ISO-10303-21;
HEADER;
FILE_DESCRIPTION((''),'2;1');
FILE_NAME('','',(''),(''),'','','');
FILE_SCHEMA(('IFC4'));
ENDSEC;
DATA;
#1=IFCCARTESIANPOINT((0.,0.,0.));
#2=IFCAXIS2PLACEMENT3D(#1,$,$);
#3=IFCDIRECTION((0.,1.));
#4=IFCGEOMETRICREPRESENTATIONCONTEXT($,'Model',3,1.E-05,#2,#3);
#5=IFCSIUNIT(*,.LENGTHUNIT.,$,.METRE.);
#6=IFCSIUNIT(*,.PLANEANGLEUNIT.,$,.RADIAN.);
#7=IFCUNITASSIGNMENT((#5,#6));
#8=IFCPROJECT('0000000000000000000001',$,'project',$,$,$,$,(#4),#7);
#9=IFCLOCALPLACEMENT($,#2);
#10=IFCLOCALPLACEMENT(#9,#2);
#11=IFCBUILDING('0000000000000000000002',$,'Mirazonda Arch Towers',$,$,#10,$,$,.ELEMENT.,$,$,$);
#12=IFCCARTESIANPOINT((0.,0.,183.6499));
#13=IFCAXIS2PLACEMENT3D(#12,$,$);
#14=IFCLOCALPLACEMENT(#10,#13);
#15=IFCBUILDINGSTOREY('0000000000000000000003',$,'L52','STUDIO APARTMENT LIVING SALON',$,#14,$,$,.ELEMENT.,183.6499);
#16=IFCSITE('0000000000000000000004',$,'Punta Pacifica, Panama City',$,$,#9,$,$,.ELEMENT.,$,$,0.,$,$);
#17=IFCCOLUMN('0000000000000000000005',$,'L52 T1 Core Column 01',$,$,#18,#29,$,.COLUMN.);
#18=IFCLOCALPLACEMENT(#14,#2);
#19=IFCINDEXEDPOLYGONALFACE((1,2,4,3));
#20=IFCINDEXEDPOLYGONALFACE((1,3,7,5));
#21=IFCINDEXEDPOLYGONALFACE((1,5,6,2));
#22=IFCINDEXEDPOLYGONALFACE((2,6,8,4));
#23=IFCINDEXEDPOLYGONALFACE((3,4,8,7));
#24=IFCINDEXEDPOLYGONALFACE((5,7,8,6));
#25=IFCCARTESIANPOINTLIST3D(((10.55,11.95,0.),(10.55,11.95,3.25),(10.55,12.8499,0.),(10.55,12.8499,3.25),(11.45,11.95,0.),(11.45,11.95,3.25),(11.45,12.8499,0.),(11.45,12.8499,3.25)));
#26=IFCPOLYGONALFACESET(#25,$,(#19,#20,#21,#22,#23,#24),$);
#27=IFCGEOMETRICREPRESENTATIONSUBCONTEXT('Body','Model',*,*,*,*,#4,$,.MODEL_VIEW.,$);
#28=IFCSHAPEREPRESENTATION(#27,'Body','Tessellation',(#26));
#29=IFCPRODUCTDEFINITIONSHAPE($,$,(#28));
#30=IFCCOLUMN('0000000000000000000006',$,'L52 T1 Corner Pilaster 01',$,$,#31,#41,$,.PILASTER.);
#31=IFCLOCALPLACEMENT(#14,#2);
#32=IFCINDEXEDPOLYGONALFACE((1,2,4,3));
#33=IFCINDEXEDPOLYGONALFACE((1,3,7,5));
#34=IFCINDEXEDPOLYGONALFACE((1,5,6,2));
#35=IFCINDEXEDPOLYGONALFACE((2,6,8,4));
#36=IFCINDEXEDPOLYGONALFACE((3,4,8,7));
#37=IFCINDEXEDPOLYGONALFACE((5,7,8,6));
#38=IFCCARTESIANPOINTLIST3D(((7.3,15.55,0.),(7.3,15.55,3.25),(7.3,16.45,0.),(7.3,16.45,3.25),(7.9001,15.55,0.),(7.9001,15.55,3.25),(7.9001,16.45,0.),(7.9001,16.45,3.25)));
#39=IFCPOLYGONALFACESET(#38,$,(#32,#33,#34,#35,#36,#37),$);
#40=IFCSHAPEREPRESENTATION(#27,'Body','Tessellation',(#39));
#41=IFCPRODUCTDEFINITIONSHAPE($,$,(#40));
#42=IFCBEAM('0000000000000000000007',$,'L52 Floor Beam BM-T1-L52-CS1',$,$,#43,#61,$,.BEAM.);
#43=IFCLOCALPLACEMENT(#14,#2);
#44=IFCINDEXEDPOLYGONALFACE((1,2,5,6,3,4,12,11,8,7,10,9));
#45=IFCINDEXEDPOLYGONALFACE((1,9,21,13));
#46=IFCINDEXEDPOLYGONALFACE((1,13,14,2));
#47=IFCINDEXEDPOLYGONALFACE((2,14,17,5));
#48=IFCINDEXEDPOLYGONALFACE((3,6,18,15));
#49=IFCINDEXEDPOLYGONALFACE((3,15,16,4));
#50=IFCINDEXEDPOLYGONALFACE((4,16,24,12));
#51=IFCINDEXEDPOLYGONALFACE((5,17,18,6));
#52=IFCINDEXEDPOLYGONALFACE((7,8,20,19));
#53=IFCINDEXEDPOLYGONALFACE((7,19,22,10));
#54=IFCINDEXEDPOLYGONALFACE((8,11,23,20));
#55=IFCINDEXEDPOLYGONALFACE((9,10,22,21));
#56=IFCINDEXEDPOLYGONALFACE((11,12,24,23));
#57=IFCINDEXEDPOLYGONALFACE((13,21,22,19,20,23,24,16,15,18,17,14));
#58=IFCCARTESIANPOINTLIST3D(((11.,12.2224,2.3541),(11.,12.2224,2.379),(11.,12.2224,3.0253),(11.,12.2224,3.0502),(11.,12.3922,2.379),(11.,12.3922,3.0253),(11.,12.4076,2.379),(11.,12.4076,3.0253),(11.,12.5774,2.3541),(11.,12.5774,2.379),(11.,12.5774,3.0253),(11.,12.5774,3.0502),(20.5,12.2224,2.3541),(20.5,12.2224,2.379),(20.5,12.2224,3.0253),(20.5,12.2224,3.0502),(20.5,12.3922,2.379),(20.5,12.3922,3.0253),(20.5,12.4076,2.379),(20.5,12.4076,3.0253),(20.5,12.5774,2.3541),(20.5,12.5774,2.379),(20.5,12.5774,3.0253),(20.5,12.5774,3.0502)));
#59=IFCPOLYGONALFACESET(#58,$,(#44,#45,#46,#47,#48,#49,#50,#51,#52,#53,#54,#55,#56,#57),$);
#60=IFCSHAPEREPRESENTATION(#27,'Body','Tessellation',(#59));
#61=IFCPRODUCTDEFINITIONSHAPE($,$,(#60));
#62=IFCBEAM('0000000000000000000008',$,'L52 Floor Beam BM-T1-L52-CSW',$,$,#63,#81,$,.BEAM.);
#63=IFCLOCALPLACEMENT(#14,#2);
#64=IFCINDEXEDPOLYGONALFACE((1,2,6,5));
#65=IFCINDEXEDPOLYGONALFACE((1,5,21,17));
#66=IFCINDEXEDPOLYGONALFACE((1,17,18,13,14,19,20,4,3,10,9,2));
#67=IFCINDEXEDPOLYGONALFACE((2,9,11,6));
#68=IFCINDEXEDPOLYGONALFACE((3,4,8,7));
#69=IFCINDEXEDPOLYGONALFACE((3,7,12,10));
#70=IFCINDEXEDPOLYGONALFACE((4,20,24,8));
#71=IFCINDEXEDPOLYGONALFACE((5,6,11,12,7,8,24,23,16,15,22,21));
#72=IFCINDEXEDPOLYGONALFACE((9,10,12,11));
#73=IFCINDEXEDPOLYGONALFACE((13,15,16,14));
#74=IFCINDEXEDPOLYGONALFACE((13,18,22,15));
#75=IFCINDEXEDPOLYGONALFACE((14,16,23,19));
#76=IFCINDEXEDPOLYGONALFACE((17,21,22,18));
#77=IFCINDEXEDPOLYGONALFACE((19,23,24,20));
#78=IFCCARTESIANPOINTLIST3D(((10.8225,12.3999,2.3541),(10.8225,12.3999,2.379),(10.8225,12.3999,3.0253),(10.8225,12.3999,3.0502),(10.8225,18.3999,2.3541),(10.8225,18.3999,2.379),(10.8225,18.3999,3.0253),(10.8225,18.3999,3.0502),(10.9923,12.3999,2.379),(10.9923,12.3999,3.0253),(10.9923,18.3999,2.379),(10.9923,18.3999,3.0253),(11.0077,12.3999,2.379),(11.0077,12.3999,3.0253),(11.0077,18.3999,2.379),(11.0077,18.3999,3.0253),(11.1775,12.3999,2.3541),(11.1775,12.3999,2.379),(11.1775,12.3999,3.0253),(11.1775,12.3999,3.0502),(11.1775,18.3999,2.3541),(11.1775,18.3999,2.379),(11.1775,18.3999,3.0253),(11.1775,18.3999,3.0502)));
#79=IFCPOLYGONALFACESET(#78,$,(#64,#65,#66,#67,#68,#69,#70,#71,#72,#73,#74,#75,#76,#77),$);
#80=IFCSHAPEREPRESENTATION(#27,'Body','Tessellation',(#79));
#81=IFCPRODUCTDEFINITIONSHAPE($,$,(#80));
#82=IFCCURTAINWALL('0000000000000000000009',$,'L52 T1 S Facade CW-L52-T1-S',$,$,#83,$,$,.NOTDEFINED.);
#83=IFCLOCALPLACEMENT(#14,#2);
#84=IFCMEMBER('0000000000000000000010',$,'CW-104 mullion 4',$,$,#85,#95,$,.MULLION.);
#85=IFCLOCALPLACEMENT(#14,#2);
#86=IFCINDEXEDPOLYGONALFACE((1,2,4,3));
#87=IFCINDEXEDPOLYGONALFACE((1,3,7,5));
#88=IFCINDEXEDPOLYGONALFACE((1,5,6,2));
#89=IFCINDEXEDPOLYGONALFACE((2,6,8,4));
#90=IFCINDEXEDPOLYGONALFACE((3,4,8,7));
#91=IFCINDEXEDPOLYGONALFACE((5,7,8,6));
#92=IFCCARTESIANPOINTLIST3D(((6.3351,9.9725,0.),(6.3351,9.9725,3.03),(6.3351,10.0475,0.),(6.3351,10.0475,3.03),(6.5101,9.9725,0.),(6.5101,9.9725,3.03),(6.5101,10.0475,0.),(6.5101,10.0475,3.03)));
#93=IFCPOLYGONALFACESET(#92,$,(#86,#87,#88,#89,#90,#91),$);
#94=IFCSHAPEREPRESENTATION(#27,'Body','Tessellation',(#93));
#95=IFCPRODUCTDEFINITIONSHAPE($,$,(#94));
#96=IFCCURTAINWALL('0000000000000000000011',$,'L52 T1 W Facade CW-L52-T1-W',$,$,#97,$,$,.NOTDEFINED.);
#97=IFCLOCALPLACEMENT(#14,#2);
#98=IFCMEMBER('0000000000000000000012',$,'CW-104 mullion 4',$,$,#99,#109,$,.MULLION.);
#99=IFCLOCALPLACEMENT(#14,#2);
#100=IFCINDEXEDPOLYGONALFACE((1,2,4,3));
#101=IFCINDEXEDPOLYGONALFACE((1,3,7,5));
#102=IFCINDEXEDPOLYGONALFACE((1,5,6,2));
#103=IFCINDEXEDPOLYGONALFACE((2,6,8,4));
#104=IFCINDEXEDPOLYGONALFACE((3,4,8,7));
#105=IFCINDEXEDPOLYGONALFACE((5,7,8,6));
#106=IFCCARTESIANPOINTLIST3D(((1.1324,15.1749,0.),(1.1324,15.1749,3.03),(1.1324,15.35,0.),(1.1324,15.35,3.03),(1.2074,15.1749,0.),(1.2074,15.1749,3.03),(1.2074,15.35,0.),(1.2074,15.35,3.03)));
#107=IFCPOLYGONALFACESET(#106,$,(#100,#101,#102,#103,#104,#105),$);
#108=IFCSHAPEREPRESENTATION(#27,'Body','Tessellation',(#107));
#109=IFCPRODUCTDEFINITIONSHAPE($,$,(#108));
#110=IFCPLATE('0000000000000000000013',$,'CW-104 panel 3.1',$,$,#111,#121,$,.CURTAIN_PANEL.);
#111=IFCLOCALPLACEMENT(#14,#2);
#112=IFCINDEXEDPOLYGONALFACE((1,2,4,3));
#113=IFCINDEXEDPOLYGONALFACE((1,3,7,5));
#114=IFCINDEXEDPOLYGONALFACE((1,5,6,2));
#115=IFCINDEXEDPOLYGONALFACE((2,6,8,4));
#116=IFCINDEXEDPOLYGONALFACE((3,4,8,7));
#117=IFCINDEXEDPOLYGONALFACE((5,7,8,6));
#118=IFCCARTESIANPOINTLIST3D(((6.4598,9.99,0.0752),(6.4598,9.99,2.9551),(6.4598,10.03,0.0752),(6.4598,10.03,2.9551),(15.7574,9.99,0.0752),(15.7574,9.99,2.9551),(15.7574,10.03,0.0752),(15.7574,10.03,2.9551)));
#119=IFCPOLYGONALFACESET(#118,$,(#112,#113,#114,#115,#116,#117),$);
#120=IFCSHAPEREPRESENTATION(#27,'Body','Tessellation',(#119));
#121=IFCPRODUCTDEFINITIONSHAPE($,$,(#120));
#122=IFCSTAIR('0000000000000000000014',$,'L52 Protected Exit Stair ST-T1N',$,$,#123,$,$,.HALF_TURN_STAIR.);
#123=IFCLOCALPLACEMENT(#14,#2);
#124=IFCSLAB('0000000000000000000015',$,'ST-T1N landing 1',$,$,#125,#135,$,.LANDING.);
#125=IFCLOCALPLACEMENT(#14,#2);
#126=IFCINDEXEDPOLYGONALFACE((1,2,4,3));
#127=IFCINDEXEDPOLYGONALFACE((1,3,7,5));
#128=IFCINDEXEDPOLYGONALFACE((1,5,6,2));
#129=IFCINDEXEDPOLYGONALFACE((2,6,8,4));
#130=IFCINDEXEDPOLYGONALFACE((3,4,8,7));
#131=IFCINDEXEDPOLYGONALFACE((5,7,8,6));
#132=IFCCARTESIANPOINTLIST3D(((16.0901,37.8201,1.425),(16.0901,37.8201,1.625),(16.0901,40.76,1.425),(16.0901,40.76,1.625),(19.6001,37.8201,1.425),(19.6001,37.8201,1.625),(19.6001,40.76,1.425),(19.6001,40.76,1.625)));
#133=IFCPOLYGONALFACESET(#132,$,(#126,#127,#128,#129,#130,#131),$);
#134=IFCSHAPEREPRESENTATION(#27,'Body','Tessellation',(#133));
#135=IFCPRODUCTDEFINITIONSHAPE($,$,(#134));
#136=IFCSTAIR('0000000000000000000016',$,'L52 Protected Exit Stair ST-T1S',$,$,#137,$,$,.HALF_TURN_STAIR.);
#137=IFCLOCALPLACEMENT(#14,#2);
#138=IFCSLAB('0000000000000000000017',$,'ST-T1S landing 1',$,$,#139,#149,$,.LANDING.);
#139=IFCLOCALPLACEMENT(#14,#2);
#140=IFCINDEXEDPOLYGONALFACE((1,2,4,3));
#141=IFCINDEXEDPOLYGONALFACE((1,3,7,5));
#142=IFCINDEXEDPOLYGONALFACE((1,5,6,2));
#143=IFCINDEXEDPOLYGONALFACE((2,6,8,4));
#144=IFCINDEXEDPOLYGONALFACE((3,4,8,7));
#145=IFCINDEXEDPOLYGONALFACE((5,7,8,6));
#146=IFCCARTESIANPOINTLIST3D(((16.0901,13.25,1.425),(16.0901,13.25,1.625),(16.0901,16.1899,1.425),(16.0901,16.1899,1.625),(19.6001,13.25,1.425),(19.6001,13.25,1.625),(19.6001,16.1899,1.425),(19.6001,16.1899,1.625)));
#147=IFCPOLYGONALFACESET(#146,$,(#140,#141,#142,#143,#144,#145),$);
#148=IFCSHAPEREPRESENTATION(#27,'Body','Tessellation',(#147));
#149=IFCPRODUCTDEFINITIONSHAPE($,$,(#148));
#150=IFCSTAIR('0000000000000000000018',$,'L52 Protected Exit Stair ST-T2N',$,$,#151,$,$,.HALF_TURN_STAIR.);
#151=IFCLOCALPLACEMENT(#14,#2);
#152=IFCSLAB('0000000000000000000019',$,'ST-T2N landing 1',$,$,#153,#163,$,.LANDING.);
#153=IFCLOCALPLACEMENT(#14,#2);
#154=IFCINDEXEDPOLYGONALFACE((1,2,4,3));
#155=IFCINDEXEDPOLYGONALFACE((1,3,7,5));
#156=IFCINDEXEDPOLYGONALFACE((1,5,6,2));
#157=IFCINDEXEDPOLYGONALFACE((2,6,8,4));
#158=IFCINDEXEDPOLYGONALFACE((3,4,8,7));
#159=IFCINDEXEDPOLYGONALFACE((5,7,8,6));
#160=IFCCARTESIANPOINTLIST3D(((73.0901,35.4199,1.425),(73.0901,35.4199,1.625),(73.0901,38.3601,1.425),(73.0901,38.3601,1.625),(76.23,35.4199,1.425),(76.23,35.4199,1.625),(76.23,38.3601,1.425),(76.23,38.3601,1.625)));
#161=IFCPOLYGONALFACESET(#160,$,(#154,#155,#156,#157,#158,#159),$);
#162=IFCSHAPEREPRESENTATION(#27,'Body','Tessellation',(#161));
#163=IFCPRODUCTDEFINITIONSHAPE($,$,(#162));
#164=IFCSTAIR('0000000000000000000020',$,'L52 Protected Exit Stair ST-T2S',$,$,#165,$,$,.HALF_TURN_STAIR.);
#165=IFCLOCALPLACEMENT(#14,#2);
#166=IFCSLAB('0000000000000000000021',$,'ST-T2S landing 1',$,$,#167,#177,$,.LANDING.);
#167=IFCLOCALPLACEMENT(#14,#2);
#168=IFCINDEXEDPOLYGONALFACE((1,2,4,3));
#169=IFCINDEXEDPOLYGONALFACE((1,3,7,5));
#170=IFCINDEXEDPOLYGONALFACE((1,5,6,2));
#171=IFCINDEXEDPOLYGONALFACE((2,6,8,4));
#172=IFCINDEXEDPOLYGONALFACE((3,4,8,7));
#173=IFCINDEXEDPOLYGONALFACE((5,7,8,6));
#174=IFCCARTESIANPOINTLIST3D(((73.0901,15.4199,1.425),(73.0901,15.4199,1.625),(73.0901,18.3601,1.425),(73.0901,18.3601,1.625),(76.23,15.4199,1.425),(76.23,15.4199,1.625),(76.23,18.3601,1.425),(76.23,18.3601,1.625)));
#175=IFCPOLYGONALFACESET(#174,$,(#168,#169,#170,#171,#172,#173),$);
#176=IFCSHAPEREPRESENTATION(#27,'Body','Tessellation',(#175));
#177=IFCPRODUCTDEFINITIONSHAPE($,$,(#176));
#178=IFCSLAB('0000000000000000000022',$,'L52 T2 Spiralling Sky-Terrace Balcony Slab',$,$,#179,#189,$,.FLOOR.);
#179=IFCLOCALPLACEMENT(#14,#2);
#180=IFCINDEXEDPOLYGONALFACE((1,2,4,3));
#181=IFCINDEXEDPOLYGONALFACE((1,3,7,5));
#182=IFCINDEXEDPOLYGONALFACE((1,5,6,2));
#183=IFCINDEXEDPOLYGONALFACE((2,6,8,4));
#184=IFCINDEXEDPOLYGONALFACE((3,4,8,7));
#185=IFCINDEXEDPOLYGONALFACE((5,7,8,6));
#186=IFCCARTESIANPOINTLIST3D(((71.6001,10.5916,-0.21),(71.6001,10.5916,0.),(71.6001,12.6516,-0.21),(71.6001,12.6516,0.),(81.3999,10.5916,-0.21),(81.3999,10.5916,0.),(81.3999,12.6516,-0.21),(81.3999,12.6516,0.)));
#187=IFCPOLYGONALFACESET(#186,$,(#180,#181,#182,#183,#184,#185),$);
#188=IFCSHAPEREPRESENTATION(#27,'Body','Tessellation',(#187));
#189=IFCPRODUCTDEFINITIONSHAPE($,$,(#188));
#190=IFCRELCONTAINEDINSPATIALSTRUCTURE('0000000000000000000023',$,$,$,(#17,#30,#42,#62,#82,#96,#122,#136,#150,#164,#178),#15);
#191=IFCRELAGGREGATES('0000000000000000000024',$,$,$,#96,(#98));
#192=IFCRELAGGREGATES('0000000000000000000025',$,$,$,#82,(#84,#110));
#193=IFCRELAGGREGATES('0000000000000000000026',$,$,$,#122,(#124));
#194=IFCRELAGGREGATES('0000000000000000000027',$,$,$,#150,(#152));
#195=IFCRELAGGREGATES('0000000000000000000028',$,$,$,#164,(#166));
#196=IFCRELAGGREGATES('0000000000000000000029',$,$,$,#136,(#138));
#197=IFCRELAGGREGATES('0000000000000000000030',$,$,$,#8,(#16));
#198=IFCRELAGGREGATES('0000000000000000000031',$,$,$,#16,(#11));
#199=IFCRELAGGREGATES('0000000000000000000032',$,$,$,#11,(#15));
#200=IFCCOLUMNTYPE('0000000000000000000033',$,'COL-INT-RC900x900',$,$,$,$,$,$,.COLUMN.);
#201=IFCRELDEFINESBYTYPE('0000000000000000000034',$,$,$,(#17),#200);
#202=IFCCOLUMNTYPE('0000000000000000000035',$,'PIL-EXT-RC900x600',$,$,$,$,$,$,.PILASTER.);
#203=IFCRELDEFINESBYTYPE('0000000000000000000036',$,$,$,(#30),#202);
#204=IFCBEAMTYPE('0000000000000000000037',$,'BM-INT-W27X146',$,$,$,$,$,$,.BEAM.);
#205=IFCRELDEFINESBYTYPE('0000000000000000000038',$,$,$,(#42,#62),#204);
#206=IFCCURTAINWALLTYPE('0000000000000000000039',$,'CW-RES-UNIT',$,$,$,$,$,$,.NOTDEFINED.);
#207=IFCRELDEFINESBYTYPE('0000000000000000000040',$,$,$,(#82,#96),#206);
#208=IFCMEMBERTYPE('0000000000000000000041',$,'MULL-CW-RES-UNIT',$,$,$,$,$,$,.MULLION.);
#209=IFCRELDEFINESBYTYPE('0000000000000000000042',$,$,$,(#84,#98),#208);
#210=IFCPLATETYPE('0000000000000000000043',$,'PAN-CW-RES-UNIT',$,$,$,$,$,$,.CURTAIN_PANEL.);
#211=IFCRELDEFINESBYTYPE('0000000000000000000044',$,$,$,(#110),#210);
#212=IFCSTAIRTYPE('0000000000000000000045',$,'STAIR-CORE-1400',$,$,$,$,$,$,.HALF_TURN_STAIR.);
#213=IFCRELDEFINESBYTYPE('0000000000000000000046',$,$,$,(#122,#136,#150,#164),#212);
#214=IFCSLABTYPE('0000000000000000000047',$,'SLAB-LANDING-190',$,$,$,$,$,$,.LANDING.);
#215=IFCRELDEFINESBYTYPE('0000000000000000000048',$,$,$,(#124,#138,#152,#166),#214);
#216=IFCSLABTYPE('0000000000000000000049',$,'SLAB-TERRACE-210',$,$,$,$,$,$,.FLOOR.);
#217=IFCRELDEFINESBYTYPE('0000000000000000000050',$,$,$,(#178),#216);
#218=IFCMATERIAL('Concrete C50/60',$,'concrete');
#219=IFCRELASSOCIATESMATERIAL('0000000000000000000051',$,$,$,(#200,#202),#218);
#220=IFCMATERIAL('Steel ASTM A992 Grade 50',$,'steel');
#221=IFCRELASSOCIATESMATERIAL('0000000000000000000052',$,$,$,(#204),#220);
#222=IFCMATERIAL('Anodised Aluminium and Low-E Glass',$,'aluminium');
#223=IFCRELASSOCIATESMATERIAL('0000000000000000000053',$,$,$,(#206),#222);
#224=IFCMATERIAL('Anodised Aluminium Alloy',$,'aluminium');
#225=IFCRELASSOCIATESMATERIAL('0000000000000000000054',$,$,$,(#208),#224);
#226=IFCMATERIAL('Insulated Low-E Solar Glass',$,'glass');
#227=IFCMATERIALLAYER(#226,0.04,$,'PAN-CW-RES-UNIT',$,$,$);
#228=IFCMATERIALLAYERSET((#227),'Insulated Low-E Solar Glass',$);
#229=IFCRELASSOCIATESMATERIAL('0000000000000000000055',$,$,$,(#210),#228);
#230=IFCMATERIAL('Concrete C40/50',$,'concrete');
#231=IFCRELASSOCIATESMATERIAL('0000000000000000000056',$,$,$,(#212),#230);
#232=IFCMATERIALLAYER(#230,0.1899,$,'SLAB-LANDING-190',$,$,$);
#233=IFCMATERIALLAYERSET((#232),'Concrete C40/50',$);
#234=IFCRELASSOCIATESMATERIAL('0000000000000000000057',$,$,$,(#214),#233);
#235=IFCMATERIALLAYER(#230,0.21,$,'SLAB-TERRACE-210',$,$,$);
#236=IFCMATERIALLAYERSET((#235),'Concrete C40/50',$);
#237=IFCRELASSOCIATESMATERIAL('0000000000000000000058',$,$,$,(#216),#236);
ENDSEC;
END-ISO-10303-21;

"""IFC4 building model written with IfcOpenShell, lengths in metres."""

from ifc_helpers import new_model, si_unit, direction, frame, origin, origin_2d, place, context, subcontext, project, spatial, polyline, rectangle, i_section, outline, extrude, material, layer, layer_set, material_profile, profile_set, type_object, element, aggregate, save


model = new_model("IFC4")

# Units and contexts
model_context = context("Model", 3, precision=1e-05, world=origin(), true_north=direction((0.0, 1.0)))
body_context = subcontext(model_context, "Body", "Model", "MODEL_VIEW")
ifc_project = project(units=[si_unit("LENGTHUNIT", "METRE"), si_unit("PLANEANGLEUNIT", "RADIAN")], contexts=[model_context])

# Site, building, storey
site_placement = place(None, origin())
site = spatial("IfcSite", under=ifc_project, at=site_placement, Name="Punta Pacifica, Panama City", CompositionType="ELEMENT", RefElevation=0.0)
building_placement = place(site_placement, origin())
building = spatial("IfcBuilding", under=site, at=building_placement, Name="Mirazonda Arch Towers", CompositionType="ELEMENT")
storey_placement = place(building_placement, frame((0.0, 0.0, 183.6499)))
storey = spatial("IfcBuildingStorey", under=building, at=storey_placement, Name="L52", Description="STUDIO APARTMENT LIVING SALON", CompositionType="ELEMENT", Elevation=183.6499)

# Columns
ifc_material_1 = material(Name="Concrete C50/60", Category="concrete")
ifc_material_profile_1 = material_profile(ifc_material_1, rectangle(XDim=0.8999, YDim=0.8999, at=origin_2d()), Name="RC900x900")
ifc_profile_set_1 = profile_set([ifc_material_profile_1], Name="Concrete C50/60")
column_type_1 = type_object("IfcColumnType", Name="COL-INT-RC900x900", PredefinedType="COLUMN", material=ifc_profile_set_1)
column_1_placement = place(storey_placement, frame((11.0, 12.3999, 0.0), z_axis=(0.0, 0.0, 1.0), x_axis=(1.0, 0.0, 0.0)))
element("IfcColumn", 1, at=column_1_placement, inside=storey, type_object=column_type_1, Name="L52 T1 Core Column 01", PredefinedType="COLUMN", context=body_context, shape_type="SweptSolid", body=[
    extrude(rectangle(XDim=0.8999, YDim=0.8999, at=origin_2d()), origin(), (0.0, 0.0, 1.0), 3.25),
])
ifc_material_profile_2 = material_profile(ifc_material_1, rectangle(XDim=0.6001, YDim=0.8999, at=origin_2d()), Name="RC900x600")
ifc_profile_set_2 = profile_set([ifc_material_profile_2], Name="Concrete C50/60")
column_type_2 = type_object("IfcColumnType", Name="PIL-EXT-RC900x600", PredefinedType="PILASTER", material=ifc_profile_set_2)
column_2_placement = place(storey_placement, frame((7.6001, 16.0, 0.0), z_axis=(0.0, 0.0, 1.0), x_axis=(1.0, 0.0, 0.0)))
element("IfcColumn", 2, at=column_2_placement, inside=storey, type_object=column_type_2, Name="L52 T1 Corner Pilaster 01", PredefinedType="PILASTER", context=body_context, shape_type="SweptSolid", body=[
    extrude(rectangle(XDim=0.6001, YDim=0.8999, at=origin_2d()), origin(), (0.0, 0.0, 1.0), 3.25),
])

# Beams
ifc_material_2 = material(Name="Steel ASTM A992 Grade 50", Category="steel")
ifc_material_profile_3 = material_profile(ifc_material_2, i_section(OverallWidth=0.355, OverallDepth=0.696, WebThickness=0.0154, FlangeThickness=0.0249, at=origin_2d()), Name="W27X146")
ifc_profile_set_3 = profile_set([ifc_material_profile_3], Name="Steel ASTM A992 Grade 50")
beam_type = type_object("IfcBeamType", Name="BM-INT-W27X146", PredefinedType="BEAM", material=ifc_profile_set_3)
beam_1_placement = place(storey_placement, frame((11.0, 12.3999, 2.7021), z_axis=(1.0, 0.0, 0.0), x_axis=(0.0, 1.0, 0.0)))
element("IfcBeam", 3, at=beam_1_placement, inside=storey, type_object=beam_type, Name="L52 Floor Beam BM-T1-L52-CS1", PredefinedType="BEAM", context=body_context, shape_type="SweptSolid", body=[
    extrude(i_section(OverallWidth=0.355, OverallDepth=0.696, WebThickness=0.0154, FlangeThickness=0.0249, at=origin_2d()), origin(), (0.0, 0.0, 1.0), 9.5),
])
beam_2_placement = place(storey_placement, frame((11.0, 12.3999, 2.7021), z_axis=(0.0, 1.0, 0.0), x_axis=(-1.0, 0.0, 0.0)))
element("IfcBeam", 4, at=beam_2_placement, inside=storey, type_object=beam_type, Name="L52 Floor Beam BM-T1-L52-CSW", PredefinedType="BEAM", context=body_context, shape_type="SweptSolid", body=[
    extrude(i_section(OverallWidth=0.355, OverallDepth=0.696, WebThickness=0.0154, FlangeThickness=0.0249, at=origin_2d()), origin(), (0.0, 0.0, 1.0), 6.0),
])

# Curtain walls, members
ifc_material_3 = material(Name="Anodised Aluminium and Low-E Glass", Category="aluminium")
curtain_wall_type = type_object("IfcCurtainWallType", Name="CW-RES-UNIT", PredefinedType="NOTDEFINED", material=ifc_material_3)
curtain_wall_1_placement = place(storey_placement, origin())
curtain_wall_1 = element("IfcCurtainWall", 5, at=curtain_wall_1_placement, inside=storey, type_object=curtain_wall_type, Name="L52 T1 S Facade CW-L52-T1-S", PredefinedType="NOTDEFINED")
ifc_material_4 = material(Name="Anodised Aluminium Alloy", Category="aluminium")
ifc_material_profile_4 = material_profile(ifc_material_4, rectangle(XDim=0.075, YDim=0.175, at=origin_2d()), Name="ALU-MULL-75x175")
ifc_profile_set_4 = profile_set([ifc_material_profile_4], Name="Anodised Aluminium Alloy")
member_type = type_object("IfcMemberType", Name="MULL-CW-RES-UNIT", PredefinedType="MULLION", material=ifc_profile_set_4)
member_1_placement = place(storey_placement, frame((6.4226, 10.01, 0.0), z_axis=(0.0, 0.0, 1.0), x_axis=(0.0, -1.0, 0.0)))
member_1 = element("IfcMember", 6, at=member_1_placement, type_object=member_type, Name="CW-104 mullion 4", PredefinedType="MULLION", context=body_context, shape_type="SweptSolid", body=[
    extrude(rectangle(XDim=0.075, YDim=0.175, at=origin_2d()), origin(), (0.0, 0.0, 1.0), 3.03),
])
curtain_wall_2_placement = place(storey_placement, origin())
curtain_wall_2 = element("IfcCurtainWall", 7, at=curtain_wall_2_placement, inside=storey, type_object=curtain_wall_type, Name="L52 T1 W Facade CW-L52-T1-W", PredefinedType="NOTDEFINED")
member_2_placement = place(storey_placement, frame((1.1699, 15.2625, 0.0), z_axis=(0.0, 0.0, 1.0), x_axis=(1.0, 0.0, 0.0)))
member_2 = element("IfcMember", 8, at=member_2_placement, type_object=member_type, Name="CW-104 mullion 4", PredefinedType="MULLION", context=body_context, shape_type="SweptSolid", body=[
    extrude(rectangle(XDim=0.075, YDim=0.175, at=origin_2d()), origin(), (0.0, 0.0, 1.0), 3.03),
])
aggregate(curtain_wall_2, [member_2])

# Plate
ifc_material_5 = material(Name="Insulated Low-E Solar Glass", Category="glass")
ifc_layer_1 = layer(ifc_material_5, 0.04, Name="PAN-CW-RES-UNIT")
ifc_layer_set_1 = layer_set([ifc_layer_1], Name="Insulated Low-E Solar Glass")
plate_type = type_object("IfcPlateType", Name="PAN-CW-RES-UNIT", PredefinedType="CURTAIN_PANEL", material=ifc_layer_set_1)
plate_placement = place(storey_placement, frame((11.1086, 10.01, 0.0752), z_axis=(0.0, 0.0, 1.0), x_axis=(-1.0, 0.0, 0.0)))
plate = element("IfcPlate", 9, at=plate_placement, type_object=plate_type, Name="CW-104 panel 3.1", PredefinedType="CURTAIN_PANEL", context=body_context, shape_type="SweptSolid", body=[
    extrude(rectangle(XDim=9.2976, YDim=0.04, at=origin_2d()), origin(), (0.0, 0.0, 1.0), 2.8799),
])
aggregate(curtain_wall_1, [member_1, plate])

# Stairs, slabs
ifc_material_6 = material(Name="Concrete C40/50", Category="concrete")
stair_type = type_object("IfcStairType", Name="STAIR-CORE-1400", PredefinedType="HALF_TURN_STAIR", material=ifc_material_6)
stair_1_placement = place(storey_placement, origin())
stair_1 = element("IfcStair", 10, at=stair_1_placement, inside=storey, type_object=stair_type, Name="L52 Protected Exit Stair ST-T1N", PredefinedType="HALF_TURN_STAIR")
ifc_layer_2 = layer(ifc_material_6, 0.1899, Name="SLAB-LANDING-190")
ifc_layer_set_2 = layer_set([ifc_layer_2], Name="Concrete C40/50")
slab_type_1 = type_object("IfcSlabType", Name="SLAB-LANDING-190", PredefinedType="LANDING", material=ifc_layer_set_2)
slab_1_placement = place(storey_placement, frame((0.0, 0.0, 1.425)))
slab_1 = element("IfcSlab", 11, at=slab_1_placement, type_object=slab_type_1, Name="ST-T1N landing 1", PredefinedType="LANDING", context=body_context, shape_type="SweptSolid", body=[
    extrude(outline(polyline([(16.0901, 37.8201), (19.6001, 37.8201), (19.6001, 40.76), (16.0901, 40.76), (16.0901, 37.8201)])), origin(), (0.0, 0.0, 1.0), 0.2),
])
aggregate(stair_1, [slab_1])
stair_2_placement = place(storey_placement, origin())
stair_2 = element("IfcStair", 12, at=stair_2_placement, inside=storey, type_object=stair_type, Name="L52 Protected Exit Stair ST-T1S", PredefinedType="HALF_TURN_STAIR")
slab_2_placement = place(storey_placement, frame((0.0, 0.0, 1.425)))
slab_2 = element("IfcSlab", 13, at=slab_2_placement, type_object=slab_type_1, Name="ST-T1S landing 1", PredefinedType="LANDING", context=body_context, shape_type="SweptSolid", body=[
    extrude(outline(polyline([(16.0901, 13.25), (19.6001, 13.25), (19.6001, 16.1899), (16.0901, 16.1899), (16.0901, 13.25)])), origin(), (0.0, 0.0, 1.0), 0.2),
])
stair_3_placement = place(storey_placement, origin())
stair_3 = element("IfcStair", 14, at=stair_3_placement, inside=storey, type_object=stair_type, Name="L52 Protected Exit Stair ST-T2N", PredefinedType="HALF_TURN_STAIR")
slab_3_placement = place(storey_placement, frame((0.0, 0.0, 1.425)))
slab_3 = element("IfcSlab", 15, at=slab_3_placement, type_object=slab_type_1, Name="ST-T2N landing 1", PredefinedType="LANDING", context=body_context, shape_type="SweptSolid", body=[
    extrude(outline(polyline([(73.0901, 35.4199), (76.23, 35.4199), (76.23, 38.3601), (73.0901, 38.3601), (73.0901, 35.4199)])), origin(), (0.0, 0.0, 1.0), 0.2),
])
aggregate(stair_3, [slab_3])
stair_4_placement = place(storey_placement, origin())
stair_4 = element("IfcStair", 16, at=stair_4_placement, inside=storey, type_object=stair_type, Name="L52 Protected Exit Stair ST-T2S", PredefinedType="HALF_TURN_STAIR")
slab_4_placement = place(storey_placement, frame((0.0, 0.0, 1.425)))
slab_4 = element("IfcSlab", 17, at=slab_4_placement, type_object=slab_type_1, Name="ST-T2S landing 1", PredefinedType="LANDING", context=body_context, shape_type="SweptSolid", body=[
    extrude(outline(polyline([(73.0901, 15.4199), (76.23, 15.4199), (76.23, 18.3601), (73.0901, 18.3601), (73.0901, 15.4199)])), origin(), (0.0, 0.0, 1.0), 0.2),
])
aggregate(stair_4, [slab_4])

# Slab
ifc_layer_3 = layer(ifc_material_6, 0.21, Name="SLAB-TERRACE-210")
ifc_layer_set_3 = layer_set([ifc_layer_3], Name="Concrete C40/50")
slab_type_2 = type_object("IfcSlabType", Name="SLAB-TERRACE-210", PredefinedType="FLOOR", material=ifc_layer_set_3)
slab_5_placement = place(storey_placement, frame((0.0, 0.0, -0.21)))
element("IfcSlab", 18, at=slab_5_placement, inside=storey, type_object=slab_type_2, Name="L52 T2 Spiralling Sky-Terrace Balcony Slab", PredefinedType="FLOOR", context=body_context, shape_type="SweptSolid", body=[
    extrude(outline(polyline([(71.6001, 10.5916), (81.3999, 10.5916), (81.3999, 12.6516), (71.6001, 12.6516), (71.6001, 10.5916)])), origin(), (0.0, 0.0, 1.0), 0.21),
])

aggregate(stair_2, [slab_2])

save(model, "model.ifc")
